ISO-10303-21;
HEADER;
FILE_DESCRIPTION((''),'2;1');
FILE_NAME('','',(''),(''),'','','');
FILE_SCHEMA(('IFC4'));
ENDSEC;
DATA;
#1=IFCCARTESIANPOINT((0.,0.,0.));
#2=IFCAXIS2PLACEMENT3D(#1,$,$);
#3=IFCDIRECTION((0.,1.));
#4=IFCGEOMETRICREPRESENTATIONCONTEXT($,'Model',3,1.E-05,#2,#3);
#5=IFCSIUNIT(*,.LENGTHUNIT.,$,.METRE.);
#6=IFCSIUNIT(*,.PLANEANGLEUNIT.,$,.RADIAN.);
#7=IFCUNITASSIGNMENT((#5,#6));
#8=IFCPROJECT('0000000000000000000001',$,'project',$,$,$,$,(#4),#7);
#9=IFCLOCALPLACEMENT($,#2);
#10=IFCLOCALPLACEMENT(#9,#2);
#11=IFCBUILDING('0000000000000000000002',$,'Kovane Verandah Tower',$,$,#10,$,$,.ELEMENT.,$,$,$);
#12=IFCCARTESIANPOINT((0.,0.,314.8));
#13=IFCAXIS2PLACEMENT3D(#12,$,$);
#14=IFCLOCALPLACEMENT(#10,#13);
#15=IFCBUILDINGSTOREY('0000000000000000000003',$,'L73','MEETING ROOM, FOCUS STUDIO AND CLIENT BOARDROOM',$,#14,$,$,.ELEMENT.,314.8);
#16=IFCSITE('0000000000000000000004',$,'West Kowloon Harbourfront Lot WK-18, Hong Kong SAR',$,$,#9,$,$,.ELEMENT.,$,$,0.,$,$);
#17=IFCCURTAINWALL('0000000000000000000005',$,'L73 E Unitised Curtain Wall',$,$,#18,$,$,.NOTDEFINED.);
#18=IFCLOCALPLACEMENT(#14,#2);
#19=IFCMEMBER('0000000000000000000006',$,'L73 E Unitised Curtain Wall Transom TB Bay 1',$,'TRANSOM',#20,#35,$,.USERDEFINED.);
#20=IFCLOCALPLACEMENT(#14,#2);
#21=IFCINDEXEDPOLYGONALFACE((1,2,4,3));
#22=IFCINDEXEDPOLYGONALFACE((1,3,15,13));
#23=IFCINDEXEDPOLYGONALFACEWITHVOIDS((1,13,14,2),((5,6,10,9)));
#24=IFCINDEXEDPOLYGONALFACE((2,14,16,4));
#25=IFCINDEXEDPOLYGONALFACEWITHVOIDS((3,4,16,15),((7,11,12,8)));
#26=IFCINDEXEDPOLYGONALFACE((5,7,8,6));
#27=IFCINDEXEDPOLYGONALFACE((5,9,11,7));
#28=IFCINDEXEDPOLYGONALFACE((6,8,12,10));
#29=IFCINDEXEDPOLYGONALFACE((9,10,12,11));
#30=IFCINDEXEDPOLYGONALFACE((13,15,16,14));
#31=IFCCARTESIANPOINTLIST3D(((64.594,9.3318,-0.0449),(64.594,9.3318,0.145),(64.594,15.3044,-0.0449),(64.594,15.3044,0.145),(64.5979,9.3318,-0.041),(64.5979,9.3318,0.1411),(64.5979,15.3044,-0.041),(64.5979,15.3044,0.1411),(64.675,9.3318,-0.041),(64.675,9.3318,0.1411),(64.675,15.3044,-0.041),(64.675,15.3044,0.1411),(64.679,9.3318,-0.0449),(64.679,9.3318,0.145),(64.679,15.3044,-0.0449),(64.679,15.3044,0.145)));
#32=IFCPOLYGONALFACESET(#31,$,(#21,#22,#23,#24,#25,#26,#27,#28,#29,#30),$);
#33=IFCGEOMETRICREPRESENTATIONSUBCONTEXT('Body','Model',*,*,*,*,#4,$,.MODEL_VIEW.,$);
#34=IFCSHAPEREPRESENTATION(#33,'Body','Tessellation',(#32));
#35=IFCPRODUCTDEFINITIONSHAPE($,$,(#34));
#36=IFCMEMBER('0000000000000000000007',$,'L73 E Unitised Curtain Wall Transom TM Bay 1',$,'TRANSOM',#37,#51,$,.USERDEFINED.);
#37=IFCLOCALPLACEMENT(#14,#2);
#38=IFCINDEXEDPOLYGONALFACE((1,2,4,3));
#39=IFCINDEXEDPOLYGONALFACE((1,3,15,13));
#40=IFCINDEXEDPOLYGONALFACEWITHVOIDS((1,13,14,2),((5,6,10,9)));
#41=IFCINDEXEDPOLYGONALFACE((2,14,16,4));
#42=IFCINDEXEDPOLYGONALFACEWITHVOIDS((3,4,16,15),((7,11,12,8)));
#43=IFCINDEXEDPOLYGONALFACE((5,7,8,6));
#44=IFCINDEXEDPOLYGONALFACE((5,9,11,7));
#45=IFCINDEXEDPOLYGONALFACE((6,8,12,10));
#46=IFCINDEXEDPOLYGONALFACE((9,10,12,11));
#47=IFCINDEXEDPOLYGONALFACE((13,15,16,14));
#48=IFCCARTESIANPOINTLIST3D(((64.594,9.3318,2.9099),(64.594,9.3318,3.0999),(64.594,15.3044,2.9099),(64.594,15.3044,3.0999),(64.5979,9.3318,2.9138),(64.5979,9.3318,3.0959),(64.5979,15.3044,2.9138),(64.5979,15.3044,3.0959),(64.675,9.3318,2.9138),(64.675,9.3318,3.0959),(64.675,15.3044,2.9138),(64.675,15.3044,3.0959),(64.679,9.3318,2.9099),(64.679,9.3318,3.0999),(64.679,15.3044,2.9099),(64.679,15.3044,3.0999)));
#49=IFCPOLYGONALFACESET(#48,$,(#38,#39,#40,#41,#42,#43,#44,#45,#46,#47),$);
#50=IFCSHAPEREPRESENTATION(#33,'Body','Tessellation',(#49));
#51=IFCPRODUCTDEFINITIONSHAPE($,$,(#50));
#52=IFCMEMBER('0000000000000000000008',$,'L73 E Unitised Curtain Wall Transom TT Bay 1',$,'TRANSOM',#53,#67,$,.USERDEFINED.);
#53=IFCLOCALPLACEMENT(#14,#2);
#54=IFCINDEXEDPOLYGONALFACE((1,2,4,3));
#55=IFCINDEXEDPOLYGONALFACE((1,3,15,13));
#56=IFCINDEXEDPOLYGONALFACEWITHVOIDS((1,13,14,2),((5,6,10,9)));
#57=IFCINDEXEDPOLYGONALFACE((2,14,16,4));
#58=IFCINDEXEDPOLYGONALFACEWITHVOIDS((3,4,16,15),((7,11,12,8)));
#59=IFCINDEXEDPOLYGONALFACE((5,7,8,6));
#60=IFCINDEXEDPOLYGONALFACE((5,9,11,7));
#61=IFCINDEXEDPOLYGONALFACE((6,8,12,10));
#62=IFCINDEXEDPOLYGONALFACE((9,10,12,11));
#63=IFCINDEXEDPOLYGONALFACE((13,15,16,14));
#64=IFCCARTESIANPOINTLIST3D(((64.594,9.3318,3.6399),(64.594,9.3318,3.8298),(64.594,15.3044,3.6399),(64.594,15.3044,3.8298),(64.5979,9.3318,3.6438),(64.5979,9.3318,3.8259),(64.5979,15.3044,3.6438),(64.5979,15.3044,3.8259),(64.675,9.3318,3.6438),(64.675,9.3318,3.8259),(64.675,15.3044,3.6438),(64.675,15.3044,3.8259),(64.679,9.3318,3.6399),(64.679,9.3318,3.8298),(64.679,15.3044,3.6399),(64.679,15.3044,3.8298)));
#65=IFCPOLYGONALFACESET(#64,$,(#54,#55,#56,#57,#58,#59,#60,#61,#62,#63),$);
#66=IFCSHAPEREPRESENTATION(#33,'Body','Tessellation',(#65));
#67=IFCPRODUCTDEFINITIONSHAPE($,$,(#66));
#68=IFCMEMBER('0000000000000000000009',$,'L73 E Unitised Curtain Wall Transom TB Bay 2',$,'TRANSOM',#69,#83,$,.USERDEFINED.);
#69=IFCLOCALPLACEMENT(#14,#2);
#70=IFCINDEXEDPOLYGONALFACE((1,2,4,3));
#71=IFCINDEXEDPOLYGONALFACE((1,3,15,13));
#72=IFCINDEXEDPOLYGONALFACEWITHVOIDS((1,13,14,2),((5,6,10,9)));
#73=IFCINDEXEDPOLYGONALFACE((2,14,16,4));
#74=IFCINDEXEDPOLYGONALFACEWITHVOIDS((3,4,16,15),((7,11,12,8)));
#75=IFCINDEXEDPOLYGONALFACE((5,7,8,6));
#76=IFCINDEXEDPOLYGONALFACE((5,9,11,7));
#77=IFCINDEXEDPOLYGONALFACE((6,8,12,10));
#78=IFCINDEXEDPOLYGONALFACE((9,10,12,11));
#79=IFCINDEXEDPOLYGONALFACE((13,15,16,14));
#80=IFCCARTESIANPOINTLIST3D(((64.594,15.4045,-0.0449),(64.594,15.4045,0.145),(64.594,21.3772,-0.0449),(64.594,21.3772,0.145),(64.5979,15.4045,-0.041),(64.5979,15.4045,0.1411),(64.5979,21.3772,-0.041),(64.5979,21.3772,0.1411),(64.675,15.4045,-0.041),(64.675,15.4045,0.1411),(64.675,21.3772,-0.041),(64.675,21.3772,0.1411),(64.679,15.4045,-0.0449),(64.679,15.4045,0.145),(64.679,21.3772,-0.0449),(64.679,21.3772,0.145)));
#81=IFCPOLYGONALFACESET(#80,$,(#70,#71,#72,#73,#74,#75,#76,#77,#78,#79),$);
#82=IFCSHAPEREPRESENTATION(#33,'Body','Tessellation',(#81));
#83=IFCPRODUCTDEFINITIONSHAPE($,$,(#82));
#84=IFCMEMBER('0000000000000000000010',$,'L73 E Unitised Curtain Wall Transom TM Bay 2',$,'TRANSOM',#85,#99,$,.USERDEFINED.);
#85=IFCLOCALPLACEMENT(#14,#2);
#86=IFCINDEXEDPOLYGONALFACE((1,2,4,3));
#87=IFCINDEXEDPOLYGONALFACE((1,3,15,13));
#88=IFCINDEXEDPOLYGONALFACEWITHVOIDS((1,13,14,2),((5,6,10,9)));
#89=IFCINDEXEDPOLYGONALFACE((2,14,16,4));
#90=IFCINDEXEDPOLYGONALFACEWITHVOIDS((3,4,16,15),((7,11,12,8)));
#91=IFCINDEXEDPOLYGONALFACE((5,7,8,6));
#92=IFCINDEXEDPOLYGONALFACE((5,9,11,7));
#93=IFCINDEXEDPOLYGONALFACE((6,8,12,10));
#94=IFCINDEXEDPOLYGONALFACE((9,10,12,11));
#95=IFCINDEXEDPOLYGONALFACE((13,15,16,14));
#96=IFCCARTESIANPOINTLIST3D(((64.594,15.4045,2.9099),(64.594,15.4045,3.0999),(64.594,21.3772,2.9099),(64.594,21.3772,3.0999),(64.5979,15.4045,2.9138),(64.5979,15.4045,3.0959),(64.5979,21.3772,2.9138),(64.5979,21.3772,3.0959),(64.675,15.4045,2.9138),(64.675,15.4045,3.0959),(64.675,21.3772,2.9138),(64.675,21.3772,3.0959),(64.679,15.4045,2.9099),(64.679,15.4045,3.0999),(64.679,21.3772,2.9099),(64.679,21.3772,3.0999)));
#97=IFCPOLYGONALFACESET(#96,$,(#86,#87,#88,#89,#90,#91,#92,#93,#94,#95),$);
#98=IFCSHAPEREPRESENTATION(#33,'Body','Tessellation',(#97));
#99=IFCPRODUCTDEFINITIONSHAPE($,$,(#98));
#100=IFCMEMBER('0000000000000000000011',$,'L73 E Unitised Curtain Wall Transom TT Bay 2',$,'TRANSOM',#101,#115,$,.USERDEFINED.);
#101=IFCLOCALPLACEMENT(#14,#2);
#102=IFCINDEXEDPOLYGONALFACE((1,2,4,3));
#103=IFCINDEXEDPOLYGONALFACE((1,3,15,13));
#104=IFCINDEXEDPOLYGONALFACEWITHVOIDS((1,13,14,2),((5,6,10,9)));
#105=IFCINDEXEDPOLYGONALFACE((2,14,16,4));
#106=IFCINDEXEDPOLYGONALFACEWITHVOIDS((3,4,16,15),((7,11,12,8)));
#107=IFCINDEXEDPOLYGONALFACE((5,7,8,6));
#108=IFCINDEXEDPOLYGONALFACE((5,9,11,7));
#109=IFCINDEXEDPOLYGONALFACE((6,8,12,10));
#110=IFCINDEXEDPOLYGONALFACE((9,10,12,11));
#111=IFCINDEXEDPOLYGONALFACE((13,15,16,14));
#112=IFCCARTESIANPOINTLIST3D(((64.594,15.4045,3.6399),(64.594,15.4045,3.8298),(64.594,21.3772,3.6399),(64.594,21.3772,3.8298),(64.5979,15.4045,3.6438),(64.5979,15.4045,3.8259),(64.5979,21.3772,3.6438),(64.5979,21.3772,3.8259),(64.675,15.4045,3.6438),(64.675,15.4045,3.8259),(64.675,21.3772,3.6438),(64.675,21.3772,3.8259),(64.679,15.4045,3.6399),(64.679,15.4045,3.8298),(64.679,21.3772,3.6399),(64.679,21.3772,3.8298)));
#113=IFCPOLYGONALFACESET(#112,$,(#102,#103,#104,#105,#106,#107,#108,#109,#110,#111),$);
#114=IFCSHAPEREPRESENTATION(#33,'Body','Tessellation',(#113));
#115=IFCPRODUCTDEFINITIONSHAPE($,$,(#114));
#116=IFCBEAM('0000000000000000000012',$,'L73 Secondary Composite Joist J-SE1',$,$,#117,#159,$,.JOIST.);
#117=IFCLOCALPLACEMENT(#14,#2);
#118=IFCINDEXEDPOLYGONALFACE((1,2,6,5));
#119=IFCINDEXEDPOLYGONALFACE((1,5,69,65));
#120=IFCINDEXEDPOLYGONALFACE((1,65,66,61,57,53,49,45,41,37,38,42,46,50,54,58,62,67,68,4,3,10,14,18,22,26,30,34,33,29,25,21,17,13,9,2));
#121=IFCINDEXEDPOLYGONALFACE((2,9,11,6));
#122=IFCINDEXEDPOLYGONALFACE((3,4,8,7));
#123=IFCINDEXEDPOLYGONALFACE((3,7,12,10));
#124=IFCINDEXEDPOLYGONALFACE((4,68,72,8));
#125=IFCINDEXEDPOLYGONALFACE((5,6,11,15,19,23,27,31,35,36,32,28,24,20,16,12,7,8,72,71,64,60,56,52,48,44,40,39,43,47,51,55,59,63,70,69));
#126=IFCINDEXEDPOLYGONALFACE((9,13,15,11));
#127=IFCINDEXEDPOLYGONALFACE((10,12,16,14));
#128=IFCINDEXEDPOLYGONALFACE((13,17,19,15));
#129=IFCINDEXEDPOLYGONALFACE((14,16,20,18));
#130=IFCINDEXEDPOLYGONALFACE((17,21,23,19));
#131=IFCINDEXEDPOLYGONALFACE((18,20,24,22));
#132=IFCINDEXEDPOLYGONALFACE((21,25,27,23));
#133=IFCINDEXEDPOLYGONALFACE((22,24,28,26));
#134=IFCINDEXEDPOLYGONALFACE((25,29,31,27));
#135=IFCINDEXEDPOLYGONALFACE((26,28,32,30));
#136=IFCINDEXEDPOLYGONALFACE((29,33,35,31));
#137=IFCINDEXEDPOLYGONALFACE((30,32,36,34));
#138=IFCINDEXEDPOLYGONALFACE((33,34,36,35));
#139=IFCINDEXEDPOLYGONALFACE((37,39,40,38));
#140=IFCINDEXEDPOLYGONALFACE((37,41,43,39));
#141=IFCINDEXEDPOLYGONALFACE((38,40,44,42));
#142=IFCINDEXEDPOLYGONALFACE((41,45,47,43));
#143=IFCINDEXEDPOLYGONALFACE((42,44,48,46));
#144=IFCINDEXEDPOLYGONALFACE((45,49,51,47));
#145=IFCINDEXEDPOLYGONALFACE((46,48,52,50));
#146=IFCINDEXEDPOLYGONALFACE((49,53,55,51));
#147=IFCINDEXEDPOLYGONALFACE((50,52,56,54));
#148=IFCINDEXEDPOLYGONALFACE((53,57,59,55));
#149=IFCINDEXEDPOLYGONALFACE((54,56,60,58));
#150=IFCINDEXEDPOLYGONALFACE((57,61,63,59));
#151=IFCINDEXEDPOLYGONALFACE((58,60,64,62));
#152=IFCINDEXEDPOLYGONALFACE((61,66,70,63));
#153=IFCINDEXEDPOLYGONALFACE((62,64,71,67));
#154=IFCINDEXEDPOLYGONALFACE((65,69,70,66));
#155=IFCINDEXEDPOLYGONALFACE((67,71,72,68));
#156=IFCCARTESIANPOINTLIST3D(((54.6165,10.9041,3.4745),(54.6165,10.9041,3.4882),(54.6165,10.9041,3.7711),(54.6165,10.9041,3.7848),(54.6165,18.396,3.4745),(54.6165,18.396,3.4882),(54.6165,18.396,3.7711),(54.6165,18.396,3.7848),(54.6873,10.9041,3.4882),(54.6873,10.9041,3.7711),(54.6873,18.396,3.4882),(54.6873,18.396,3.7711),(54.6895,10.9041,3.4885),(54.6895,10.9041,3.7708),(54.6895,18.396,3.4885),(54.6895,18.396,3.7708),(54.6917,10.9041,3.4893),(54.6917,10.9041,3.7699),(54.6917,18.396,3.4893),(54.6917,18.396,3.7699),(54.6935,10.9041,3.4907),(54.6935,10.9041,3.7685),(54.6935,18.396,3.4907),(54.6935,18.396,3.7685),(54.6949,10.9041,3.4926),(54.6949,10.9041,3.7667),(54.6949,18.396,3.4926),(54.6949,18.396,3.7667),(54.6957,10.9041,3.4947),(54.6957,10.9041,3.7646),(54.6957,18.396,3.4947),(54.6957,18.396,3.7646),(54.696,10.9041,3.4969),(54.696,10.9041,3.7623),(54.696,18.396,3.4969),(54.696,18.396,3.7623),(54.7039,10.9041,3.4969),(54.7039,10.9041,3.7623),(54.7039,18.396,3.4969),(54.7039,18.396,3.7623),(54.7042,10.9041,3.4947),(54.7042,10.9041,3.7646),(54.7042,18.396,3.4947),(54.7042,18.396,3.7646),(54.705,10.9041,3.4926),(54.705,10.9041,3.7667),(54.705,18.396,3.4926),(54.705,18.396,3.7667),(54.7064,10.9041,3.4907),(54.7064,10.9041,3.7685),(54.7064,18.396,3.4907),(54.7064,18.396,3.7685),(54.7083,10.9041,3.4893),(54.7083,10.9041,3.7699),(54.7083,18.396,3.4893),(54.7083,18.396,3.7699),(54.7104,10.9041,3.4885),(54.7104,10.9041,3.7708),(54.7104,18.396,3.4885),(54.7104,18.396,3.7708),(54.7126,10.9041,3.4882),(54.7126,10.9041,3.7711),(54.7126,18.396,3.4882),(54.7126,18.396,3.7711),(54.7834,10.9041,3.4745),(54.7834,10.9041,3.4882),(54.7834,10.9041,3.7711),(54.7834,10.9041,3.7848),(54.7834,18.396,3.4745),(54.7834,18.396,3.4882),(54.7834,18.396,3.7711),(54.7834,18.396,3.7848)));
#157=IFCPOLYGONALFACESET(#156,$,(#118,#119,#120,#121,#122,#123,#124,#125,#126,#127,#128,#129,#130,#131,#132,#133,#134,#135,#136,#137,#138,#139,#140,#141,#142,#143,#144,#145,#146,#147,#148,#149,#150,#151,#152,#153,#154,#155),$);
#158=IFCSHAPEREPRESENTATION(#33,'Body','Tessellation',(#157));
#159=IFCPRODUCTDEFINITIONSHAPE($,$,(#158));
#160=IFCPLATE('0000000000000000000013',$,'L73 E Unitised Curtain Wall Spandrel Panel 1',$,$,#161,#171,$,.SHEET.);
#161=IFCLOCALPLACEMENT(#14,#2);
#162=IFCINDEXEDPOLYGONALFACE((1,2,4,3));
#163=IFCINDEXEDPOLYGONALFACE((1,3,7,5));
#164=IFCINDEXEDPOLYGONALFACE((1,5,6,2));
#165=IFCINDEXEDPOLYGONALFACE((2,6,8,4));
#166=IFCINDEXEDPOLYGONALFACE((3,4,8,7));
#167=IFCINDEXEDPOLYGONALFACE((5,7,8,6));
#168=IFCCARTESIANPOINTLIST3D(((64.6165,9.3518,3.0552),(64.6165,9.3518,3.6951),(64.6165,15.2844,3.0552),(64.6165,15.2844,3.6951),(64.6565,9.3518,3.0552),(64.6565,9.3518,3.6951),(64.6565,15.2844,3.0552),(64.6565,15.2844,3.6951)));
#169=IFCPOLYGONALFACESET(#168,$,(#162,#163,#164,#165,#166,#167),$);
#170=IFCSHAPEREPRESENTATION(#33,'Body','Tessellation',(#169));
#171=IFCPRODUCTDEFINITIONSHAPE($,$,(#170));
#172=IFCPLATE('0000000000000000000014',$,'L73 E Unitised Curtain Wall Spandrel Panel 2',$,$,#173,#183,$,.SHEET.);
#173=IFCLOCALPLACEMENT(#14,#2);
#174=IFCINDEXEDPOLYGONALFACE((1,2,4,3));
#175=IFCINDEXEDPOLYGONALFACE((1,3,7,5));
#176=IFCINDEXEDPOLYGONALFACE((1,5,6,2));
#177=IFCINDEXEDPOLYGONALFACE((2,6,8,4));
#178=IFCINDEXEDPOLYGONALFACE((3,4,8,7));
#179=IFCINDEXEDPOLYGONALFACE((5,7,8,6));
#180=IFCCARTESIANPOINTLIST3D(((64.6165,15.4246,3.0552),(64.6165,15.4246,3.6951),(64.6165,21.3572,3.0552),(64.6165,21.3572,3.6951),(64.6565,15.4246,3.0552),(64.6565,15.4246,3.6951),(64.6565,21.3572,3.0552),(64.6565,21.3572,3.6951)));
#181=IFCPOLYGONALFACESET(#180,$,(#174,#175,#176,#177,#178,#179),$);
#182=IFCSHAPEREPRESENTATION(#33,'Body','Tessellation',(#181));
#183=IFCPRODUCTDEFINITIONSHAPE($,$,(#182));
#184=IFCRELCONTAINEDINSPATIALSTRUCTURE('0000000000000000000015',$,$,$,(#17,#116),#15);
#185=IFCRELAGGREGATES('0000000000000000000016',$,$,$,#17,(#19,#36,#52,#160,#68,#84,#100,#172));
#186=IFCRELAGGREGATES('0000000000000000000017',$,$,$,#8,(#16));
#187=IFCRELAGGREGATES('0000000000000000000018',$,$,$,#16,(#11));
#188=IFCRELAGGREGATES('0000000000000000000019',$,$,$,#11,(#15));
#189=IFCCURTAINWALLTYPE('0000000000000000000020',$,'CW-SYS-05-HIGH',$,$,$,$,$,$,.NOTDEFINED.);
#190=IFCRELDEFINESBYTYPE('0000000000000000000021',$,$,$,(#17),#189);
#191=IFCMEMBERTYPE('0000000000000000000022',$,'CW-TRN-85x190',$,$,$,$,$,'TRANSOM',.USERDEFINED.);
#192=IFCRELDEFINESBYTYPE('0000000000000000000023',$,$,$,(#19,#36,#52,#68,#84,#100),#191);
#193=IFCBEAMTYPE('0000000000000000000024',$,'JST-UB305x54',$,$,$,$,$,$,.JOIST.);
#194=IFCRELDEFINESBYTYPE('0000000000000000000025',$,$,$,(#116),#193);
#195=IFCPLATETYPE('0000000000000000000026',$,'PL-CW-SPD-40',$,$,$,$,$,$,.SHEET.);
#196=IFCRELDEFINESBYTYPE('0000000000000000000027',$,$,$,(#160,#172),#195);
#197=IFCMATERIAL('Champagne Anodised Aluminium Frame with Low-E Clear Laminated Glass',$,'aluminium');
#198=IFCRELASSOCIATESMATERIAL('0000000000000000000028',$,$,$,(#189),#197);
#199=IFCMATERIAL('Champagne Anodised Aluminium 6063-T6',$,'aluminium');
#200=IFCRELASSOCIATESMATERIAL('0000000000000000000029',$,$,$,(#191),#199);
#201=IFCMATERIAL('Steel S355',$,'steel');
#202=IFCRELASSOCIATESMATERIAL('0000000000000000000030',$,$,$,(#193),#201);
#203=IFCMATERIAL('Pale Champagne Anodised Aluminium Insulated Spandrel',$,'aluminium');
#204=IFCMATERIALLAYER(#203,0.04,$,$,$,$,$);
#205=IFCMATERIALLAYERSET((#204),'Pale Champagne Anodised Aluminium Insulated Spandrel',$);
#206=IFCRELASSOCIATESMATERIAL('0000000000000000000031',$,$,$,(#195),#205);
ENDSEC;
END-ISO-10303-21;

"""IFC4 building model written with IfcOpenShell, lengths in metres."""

from ifc_helpers import new_model, si_unit, direction, frame, origin, origin_2d, place, context, subcontext, project, spatial, rectangle, hollow_rectangle, i_section, extrude, material, layer, layer_set, material_profile, profile_set, type_object, element, aggregate, save


model = new_model("IFC4")

# Units and contexts
model_context = context("Model", 3, precision=1e-05, world=origin(), true_north=direction((0.0, 1.0)))
body_context = subcontext(model_context, "Body", "Model", "MODEL_VIEW")
ifc_project = project(units=[si_unit("LENGTHUNIT", "METRE"), si_unit("PLANEANGLEUNIT", "RADIAN")], contexts=[model_context])

# Site, building, storey
site_placement = place(None, origin())
site = spatial("IfcSite", under=ifc_project, at=site_placement, Name="West Kowloon Harbourfront Lot WK-18, Hong Kong SAR", CompositionType="ELEMENT", RefElevation=0.0)
building_placement = place(site_placement, origin())
building = spatial("IfcBuilding", under=site, at=building_placement, Name="Kovane Verandah Tower", CompositionType="ELEMENT")
storey_placement = place(building_placement, frame((0.0, 0.0, 314.8)))
storey = spatial("IfcBuildingStorey", under=building, at=storey_placement, Name="L73", Description="MEETING ROOM, FOCUS STUDIO AND CLIENT BOARDROOM", CompositionType="ELEMENT", Elevation=314.8)

# Shared definitions
ifc_material_1 = material(Name="Steel S355", Category="steel")

# Curtain wall, members
ifc_material_2 = material(Name="Champagne Anodised Aluminium Frame with Low-E Clear Laminated Glass", Category="aluminium")
curtain_wall_type = type_object("IfcCurtainWallType", Name="CW-SYS-05-HIGH", PredefinedType="NOTDEFINED", material=ifc_material_2)
curtain_wall_placement = place(storey_placement, origin())
curtain_wall = element("IfcCurtainWall", 1, at=curtain_wall_placement, inside=storey, type_object=curtain_wall_type, Name="L73 E Unitised Curtain Wall", PredefinedType="NOTDEFINED")
ifc_material_3 = material(Name="Champagne Anodised Aluminium 6063-T6", Category="aluminium")
ifc_material_profile_1 = material_profile(ifc_material_3, hollow_rectangle(XDim=0.085, YDim=0.1899, WallThickness=0.0039, at=origin_2d()), Name="AL85x190x4")
ifc_profile_set_1 = profile_set([ifc_material_profile_1], Name="Champagne Anodised Aluminium 6063-T6")
member_type_1 = type_object("IfcMemberType", Name="CW-TRN-85x190", ElementType="TRANSOM", PredefinedType="USERDEFINED", material=ifc_profile_set_1)
member_1_placement = place(storey_placement, frame((64.6365, 9.3318, 0.05), z_axis=(0.0, 1.0, 0.0), x_axis=(-1.0, 0.0, 0.0)))
member_1 = element("IfcMember", 2, at=member_1_placement, type_object=member_type_1, Name="L73 E Unitised Curtain Wall Transom TB Bay 1", ObjectType="TRANSOM", PredefinedType="USERDEFINED", context=body_context, shape_type="SweptSolid", body=[
    extrude(hollow_rectangle(XDim=0.085, YDim=0.1899, WallThickness=0.0039, at=origin_2d()), origin(), (0.0, 0.0, 1.0), 5.9727),
])
member_2_placement = place(storey_placement, frame((64.6365, 9.3318, 3.0049), z_axis=(0.0, 1.0, 0.0), x_axis=(-1.0, 0.0, 0.0)))
member_2 = element("IfcMember", 3, at=member_2_placement, type_object=member_type_1, Name="L73 E Unitised Curtain Wall Transom TM Bay 1", ObjectType="TRANSOM", PredefinedType="USERDEFINED", context=body_context, shape_type="SweptSolid", body=[
    extrude(hollow_rectangle(XDim=0.085, YDim=0.1899, WallThickness=0.0039, at=origin_2d()), origin(), (0.0, 0.0, 1.0), 5.9727),
])
member_3_placement = place(storey_placement, frame((64.6365, 9.3318, 3.7349), z_axis=(0.0, 1.0, 0.0), x_axis=(-1.0, 0.0, 0.0)))
member_3 = element("IfcMember", 4, at=member_3_placement, type_object=member_type_1, Name="L73 E Unitised Curtain Wall Transom TT Bay 1", ObjectType="TRANSOM", PredefinedType="USERDEFINED", context=body_context, shape_type="SweptSolid", body=[
    extrude(hollow_rectangle(XDim=0.085, YDim=0.1899, WallThickness=0.0039, at=origin_2d()), origin(), (0.0, 0.0, 1.0), 5.9727),
])
member_4_placement = place(storey_placement, frame((64.6365, 15.4045, 0.05), z_axis=(0.0, 1.0, 0.0), x_axis=(-1.0, 0.0, 0.0)))
member_4 = element("IfcMember", 5, at=member_4_placement, type_object=member_type_1, Name="L73 E Unitised Curtain Wall Transom TB Bay 2", ObjectType="TRANSOM", PredefinedType="USERDEFINED", context=body_context, shape_type="SweptSolid", body=[
    extrude(hollow_rectangle(XDim=0.085, YDim=0.1899, WallThickness=0.0039, at=origin_2d()), origin(), (0.0, 0.0, 1.0), 5.9727),
])
member_5_placement = place(storey_placement, frame((64.6365, 15.4045, 3.0049), z_axis=(0.0, 1.0, 0.0), x_axis=(-1.0, 0.0, 0.0)))
member_5 = element("IfcMember", 6, at=member_5_placement, type_object=member_type_1, Name="L73 E Unitised Curtain Wall Transom TM Bay 2", ObjectType="TRANSOM", PredefinedType="USERDEFINED", context=body_context, shape_type="SweptSolid", body=[
    extrude(hollow_rectangle(XDim=0.085, YDim=0.1899, WallThickness=0.0039, at=origin_2d()), origin(), (0.0, 0.0, 1.0), 5.9727),
])
member_6_placement = place(storey_placement, frame((64.6365, 15.4045, 3.7349), z_axis=(0.0, 1.0, 0.0), x_axis=(-1.0, 0.0, 0.0)))
member_6 = element("IfcMember", 7, at=member_6_placement, type_object=member_type_1, Name="L73 E Unitised Curtain Wall Transom TT Bay 2", ObjectType="TRANSOM", PredefinedType="USERDEFINED", context=body_context, shape_type="SweptSolid", body=[
    extrude(hollow_rectangle(XDim=0.085, YDim=0.1899, WallThickness=0.0039, at=origin_2d()), origin(), (0.0, 0.0, 1.0), 5.9727),
])

# Beam
ifc_material_profile_2 = material_profile(ifc_material_1, i_section(OverallWidth=0.167, OverallDepth=0.3103, WebThickness=0.0078, FlangeThickness=0.0137, FilletRadius=0.0088, at=origin_2d()), Name="UB305x165x54")
ifc_profile_set_2 = profile_set([ifc_material_profile_2], Name="Steel S355")
beam_type_1 = type_object("IfcBeamType", Name="JST-UB305x54", PredefinedType="JOIST", material=ifc_profile_set_2)
beam_1_placement = place(storey_placement, frame((54.7, 10.9041, 3.6296), z_axis=(0.0, 1.0, 0.0), x_axis=(-1.0, 0.0, 0.0)))
element("IfcBeam", 8, at=beam_1_placement, inside=storey, type_object=beam_type_1, Name="L73 Secondary Composite Joist J-SE1", PredefinedType="JOIST", context=body_context, shape_type="SweptSolid", body=[
    extrude(i_section(OverallWidth=0.167, OverallDepth=0.3103, WebThickness=0.0078, FlangeThickness=0.0137, FilletRadius=0.0088, at=origin_2d()), origin(), (0.0, 0.0, 1.0), 7.4919),
])

# Plates
ifc_material_4 = material(Name="Pale Champagne Anodised Aluminium Insulated Spandrel", Category="aluminium")
ifc_layer_1 = layer(ifc_material_4, 0.04)
ifc_layer_set_1 = layer_set([ifc_layer_1], Name="Pale Champagne Anodised Aluminium Insulated Spandrel")
plate_type_1 = type_object("IfcPlateType", Name="PL-CW-SPD-40", PredefinedType="SHEET", material=ifc_layer_set_1)
plate_1_placement = place(storey_placement, frame((64.6365, 12.3181, 3.0552), z_axis=(0.0, 0.0, 1.0), x_axis=(0.0, 1.0, 0.0)))
plate_1 = element("IfcPlate", 9, at=plate_1_placement, type_object=plate_type_1, Name="L73 E Unitised Curtain Wall Spandrel Panel 1", PredefinedType="SHEET", context=body_context, shape_type="SweptSolid", body=[
    extrude(rectangle(XDim=5.9326, YDim=0.04, at=origin_2d()), origin(), (0.0, 0.0, 1.0), 0.6399),
])
plate_2_placement = place(storey_placement, frame((64.6365, 18.3909, 3.0552), z_axis=(0.0, 0.0, 1.0), x_axis=(0.0, 1.0, 0.0)))
plate_2 = element("IfcPlate", 10, at=plate_2_placement, type_object=plate_type_1, Name="L73 E Unitised Curtain Wall Spandrel Panel 2", PredefinedType="SHEET", context=body_context, shape_type="SweptSolid", body=[
    extrude(rectangle(XDim=5.9326, YDim=0.04, at=origin_2d()), origin(), (0.0, 0.0, 1.0), 0.6399),
])
aggregate(curtain_wall, [member_1, member_2, member_3, plate_1, member_4, member_5, member_6, plate_2])

save(model, "model.ifc")
